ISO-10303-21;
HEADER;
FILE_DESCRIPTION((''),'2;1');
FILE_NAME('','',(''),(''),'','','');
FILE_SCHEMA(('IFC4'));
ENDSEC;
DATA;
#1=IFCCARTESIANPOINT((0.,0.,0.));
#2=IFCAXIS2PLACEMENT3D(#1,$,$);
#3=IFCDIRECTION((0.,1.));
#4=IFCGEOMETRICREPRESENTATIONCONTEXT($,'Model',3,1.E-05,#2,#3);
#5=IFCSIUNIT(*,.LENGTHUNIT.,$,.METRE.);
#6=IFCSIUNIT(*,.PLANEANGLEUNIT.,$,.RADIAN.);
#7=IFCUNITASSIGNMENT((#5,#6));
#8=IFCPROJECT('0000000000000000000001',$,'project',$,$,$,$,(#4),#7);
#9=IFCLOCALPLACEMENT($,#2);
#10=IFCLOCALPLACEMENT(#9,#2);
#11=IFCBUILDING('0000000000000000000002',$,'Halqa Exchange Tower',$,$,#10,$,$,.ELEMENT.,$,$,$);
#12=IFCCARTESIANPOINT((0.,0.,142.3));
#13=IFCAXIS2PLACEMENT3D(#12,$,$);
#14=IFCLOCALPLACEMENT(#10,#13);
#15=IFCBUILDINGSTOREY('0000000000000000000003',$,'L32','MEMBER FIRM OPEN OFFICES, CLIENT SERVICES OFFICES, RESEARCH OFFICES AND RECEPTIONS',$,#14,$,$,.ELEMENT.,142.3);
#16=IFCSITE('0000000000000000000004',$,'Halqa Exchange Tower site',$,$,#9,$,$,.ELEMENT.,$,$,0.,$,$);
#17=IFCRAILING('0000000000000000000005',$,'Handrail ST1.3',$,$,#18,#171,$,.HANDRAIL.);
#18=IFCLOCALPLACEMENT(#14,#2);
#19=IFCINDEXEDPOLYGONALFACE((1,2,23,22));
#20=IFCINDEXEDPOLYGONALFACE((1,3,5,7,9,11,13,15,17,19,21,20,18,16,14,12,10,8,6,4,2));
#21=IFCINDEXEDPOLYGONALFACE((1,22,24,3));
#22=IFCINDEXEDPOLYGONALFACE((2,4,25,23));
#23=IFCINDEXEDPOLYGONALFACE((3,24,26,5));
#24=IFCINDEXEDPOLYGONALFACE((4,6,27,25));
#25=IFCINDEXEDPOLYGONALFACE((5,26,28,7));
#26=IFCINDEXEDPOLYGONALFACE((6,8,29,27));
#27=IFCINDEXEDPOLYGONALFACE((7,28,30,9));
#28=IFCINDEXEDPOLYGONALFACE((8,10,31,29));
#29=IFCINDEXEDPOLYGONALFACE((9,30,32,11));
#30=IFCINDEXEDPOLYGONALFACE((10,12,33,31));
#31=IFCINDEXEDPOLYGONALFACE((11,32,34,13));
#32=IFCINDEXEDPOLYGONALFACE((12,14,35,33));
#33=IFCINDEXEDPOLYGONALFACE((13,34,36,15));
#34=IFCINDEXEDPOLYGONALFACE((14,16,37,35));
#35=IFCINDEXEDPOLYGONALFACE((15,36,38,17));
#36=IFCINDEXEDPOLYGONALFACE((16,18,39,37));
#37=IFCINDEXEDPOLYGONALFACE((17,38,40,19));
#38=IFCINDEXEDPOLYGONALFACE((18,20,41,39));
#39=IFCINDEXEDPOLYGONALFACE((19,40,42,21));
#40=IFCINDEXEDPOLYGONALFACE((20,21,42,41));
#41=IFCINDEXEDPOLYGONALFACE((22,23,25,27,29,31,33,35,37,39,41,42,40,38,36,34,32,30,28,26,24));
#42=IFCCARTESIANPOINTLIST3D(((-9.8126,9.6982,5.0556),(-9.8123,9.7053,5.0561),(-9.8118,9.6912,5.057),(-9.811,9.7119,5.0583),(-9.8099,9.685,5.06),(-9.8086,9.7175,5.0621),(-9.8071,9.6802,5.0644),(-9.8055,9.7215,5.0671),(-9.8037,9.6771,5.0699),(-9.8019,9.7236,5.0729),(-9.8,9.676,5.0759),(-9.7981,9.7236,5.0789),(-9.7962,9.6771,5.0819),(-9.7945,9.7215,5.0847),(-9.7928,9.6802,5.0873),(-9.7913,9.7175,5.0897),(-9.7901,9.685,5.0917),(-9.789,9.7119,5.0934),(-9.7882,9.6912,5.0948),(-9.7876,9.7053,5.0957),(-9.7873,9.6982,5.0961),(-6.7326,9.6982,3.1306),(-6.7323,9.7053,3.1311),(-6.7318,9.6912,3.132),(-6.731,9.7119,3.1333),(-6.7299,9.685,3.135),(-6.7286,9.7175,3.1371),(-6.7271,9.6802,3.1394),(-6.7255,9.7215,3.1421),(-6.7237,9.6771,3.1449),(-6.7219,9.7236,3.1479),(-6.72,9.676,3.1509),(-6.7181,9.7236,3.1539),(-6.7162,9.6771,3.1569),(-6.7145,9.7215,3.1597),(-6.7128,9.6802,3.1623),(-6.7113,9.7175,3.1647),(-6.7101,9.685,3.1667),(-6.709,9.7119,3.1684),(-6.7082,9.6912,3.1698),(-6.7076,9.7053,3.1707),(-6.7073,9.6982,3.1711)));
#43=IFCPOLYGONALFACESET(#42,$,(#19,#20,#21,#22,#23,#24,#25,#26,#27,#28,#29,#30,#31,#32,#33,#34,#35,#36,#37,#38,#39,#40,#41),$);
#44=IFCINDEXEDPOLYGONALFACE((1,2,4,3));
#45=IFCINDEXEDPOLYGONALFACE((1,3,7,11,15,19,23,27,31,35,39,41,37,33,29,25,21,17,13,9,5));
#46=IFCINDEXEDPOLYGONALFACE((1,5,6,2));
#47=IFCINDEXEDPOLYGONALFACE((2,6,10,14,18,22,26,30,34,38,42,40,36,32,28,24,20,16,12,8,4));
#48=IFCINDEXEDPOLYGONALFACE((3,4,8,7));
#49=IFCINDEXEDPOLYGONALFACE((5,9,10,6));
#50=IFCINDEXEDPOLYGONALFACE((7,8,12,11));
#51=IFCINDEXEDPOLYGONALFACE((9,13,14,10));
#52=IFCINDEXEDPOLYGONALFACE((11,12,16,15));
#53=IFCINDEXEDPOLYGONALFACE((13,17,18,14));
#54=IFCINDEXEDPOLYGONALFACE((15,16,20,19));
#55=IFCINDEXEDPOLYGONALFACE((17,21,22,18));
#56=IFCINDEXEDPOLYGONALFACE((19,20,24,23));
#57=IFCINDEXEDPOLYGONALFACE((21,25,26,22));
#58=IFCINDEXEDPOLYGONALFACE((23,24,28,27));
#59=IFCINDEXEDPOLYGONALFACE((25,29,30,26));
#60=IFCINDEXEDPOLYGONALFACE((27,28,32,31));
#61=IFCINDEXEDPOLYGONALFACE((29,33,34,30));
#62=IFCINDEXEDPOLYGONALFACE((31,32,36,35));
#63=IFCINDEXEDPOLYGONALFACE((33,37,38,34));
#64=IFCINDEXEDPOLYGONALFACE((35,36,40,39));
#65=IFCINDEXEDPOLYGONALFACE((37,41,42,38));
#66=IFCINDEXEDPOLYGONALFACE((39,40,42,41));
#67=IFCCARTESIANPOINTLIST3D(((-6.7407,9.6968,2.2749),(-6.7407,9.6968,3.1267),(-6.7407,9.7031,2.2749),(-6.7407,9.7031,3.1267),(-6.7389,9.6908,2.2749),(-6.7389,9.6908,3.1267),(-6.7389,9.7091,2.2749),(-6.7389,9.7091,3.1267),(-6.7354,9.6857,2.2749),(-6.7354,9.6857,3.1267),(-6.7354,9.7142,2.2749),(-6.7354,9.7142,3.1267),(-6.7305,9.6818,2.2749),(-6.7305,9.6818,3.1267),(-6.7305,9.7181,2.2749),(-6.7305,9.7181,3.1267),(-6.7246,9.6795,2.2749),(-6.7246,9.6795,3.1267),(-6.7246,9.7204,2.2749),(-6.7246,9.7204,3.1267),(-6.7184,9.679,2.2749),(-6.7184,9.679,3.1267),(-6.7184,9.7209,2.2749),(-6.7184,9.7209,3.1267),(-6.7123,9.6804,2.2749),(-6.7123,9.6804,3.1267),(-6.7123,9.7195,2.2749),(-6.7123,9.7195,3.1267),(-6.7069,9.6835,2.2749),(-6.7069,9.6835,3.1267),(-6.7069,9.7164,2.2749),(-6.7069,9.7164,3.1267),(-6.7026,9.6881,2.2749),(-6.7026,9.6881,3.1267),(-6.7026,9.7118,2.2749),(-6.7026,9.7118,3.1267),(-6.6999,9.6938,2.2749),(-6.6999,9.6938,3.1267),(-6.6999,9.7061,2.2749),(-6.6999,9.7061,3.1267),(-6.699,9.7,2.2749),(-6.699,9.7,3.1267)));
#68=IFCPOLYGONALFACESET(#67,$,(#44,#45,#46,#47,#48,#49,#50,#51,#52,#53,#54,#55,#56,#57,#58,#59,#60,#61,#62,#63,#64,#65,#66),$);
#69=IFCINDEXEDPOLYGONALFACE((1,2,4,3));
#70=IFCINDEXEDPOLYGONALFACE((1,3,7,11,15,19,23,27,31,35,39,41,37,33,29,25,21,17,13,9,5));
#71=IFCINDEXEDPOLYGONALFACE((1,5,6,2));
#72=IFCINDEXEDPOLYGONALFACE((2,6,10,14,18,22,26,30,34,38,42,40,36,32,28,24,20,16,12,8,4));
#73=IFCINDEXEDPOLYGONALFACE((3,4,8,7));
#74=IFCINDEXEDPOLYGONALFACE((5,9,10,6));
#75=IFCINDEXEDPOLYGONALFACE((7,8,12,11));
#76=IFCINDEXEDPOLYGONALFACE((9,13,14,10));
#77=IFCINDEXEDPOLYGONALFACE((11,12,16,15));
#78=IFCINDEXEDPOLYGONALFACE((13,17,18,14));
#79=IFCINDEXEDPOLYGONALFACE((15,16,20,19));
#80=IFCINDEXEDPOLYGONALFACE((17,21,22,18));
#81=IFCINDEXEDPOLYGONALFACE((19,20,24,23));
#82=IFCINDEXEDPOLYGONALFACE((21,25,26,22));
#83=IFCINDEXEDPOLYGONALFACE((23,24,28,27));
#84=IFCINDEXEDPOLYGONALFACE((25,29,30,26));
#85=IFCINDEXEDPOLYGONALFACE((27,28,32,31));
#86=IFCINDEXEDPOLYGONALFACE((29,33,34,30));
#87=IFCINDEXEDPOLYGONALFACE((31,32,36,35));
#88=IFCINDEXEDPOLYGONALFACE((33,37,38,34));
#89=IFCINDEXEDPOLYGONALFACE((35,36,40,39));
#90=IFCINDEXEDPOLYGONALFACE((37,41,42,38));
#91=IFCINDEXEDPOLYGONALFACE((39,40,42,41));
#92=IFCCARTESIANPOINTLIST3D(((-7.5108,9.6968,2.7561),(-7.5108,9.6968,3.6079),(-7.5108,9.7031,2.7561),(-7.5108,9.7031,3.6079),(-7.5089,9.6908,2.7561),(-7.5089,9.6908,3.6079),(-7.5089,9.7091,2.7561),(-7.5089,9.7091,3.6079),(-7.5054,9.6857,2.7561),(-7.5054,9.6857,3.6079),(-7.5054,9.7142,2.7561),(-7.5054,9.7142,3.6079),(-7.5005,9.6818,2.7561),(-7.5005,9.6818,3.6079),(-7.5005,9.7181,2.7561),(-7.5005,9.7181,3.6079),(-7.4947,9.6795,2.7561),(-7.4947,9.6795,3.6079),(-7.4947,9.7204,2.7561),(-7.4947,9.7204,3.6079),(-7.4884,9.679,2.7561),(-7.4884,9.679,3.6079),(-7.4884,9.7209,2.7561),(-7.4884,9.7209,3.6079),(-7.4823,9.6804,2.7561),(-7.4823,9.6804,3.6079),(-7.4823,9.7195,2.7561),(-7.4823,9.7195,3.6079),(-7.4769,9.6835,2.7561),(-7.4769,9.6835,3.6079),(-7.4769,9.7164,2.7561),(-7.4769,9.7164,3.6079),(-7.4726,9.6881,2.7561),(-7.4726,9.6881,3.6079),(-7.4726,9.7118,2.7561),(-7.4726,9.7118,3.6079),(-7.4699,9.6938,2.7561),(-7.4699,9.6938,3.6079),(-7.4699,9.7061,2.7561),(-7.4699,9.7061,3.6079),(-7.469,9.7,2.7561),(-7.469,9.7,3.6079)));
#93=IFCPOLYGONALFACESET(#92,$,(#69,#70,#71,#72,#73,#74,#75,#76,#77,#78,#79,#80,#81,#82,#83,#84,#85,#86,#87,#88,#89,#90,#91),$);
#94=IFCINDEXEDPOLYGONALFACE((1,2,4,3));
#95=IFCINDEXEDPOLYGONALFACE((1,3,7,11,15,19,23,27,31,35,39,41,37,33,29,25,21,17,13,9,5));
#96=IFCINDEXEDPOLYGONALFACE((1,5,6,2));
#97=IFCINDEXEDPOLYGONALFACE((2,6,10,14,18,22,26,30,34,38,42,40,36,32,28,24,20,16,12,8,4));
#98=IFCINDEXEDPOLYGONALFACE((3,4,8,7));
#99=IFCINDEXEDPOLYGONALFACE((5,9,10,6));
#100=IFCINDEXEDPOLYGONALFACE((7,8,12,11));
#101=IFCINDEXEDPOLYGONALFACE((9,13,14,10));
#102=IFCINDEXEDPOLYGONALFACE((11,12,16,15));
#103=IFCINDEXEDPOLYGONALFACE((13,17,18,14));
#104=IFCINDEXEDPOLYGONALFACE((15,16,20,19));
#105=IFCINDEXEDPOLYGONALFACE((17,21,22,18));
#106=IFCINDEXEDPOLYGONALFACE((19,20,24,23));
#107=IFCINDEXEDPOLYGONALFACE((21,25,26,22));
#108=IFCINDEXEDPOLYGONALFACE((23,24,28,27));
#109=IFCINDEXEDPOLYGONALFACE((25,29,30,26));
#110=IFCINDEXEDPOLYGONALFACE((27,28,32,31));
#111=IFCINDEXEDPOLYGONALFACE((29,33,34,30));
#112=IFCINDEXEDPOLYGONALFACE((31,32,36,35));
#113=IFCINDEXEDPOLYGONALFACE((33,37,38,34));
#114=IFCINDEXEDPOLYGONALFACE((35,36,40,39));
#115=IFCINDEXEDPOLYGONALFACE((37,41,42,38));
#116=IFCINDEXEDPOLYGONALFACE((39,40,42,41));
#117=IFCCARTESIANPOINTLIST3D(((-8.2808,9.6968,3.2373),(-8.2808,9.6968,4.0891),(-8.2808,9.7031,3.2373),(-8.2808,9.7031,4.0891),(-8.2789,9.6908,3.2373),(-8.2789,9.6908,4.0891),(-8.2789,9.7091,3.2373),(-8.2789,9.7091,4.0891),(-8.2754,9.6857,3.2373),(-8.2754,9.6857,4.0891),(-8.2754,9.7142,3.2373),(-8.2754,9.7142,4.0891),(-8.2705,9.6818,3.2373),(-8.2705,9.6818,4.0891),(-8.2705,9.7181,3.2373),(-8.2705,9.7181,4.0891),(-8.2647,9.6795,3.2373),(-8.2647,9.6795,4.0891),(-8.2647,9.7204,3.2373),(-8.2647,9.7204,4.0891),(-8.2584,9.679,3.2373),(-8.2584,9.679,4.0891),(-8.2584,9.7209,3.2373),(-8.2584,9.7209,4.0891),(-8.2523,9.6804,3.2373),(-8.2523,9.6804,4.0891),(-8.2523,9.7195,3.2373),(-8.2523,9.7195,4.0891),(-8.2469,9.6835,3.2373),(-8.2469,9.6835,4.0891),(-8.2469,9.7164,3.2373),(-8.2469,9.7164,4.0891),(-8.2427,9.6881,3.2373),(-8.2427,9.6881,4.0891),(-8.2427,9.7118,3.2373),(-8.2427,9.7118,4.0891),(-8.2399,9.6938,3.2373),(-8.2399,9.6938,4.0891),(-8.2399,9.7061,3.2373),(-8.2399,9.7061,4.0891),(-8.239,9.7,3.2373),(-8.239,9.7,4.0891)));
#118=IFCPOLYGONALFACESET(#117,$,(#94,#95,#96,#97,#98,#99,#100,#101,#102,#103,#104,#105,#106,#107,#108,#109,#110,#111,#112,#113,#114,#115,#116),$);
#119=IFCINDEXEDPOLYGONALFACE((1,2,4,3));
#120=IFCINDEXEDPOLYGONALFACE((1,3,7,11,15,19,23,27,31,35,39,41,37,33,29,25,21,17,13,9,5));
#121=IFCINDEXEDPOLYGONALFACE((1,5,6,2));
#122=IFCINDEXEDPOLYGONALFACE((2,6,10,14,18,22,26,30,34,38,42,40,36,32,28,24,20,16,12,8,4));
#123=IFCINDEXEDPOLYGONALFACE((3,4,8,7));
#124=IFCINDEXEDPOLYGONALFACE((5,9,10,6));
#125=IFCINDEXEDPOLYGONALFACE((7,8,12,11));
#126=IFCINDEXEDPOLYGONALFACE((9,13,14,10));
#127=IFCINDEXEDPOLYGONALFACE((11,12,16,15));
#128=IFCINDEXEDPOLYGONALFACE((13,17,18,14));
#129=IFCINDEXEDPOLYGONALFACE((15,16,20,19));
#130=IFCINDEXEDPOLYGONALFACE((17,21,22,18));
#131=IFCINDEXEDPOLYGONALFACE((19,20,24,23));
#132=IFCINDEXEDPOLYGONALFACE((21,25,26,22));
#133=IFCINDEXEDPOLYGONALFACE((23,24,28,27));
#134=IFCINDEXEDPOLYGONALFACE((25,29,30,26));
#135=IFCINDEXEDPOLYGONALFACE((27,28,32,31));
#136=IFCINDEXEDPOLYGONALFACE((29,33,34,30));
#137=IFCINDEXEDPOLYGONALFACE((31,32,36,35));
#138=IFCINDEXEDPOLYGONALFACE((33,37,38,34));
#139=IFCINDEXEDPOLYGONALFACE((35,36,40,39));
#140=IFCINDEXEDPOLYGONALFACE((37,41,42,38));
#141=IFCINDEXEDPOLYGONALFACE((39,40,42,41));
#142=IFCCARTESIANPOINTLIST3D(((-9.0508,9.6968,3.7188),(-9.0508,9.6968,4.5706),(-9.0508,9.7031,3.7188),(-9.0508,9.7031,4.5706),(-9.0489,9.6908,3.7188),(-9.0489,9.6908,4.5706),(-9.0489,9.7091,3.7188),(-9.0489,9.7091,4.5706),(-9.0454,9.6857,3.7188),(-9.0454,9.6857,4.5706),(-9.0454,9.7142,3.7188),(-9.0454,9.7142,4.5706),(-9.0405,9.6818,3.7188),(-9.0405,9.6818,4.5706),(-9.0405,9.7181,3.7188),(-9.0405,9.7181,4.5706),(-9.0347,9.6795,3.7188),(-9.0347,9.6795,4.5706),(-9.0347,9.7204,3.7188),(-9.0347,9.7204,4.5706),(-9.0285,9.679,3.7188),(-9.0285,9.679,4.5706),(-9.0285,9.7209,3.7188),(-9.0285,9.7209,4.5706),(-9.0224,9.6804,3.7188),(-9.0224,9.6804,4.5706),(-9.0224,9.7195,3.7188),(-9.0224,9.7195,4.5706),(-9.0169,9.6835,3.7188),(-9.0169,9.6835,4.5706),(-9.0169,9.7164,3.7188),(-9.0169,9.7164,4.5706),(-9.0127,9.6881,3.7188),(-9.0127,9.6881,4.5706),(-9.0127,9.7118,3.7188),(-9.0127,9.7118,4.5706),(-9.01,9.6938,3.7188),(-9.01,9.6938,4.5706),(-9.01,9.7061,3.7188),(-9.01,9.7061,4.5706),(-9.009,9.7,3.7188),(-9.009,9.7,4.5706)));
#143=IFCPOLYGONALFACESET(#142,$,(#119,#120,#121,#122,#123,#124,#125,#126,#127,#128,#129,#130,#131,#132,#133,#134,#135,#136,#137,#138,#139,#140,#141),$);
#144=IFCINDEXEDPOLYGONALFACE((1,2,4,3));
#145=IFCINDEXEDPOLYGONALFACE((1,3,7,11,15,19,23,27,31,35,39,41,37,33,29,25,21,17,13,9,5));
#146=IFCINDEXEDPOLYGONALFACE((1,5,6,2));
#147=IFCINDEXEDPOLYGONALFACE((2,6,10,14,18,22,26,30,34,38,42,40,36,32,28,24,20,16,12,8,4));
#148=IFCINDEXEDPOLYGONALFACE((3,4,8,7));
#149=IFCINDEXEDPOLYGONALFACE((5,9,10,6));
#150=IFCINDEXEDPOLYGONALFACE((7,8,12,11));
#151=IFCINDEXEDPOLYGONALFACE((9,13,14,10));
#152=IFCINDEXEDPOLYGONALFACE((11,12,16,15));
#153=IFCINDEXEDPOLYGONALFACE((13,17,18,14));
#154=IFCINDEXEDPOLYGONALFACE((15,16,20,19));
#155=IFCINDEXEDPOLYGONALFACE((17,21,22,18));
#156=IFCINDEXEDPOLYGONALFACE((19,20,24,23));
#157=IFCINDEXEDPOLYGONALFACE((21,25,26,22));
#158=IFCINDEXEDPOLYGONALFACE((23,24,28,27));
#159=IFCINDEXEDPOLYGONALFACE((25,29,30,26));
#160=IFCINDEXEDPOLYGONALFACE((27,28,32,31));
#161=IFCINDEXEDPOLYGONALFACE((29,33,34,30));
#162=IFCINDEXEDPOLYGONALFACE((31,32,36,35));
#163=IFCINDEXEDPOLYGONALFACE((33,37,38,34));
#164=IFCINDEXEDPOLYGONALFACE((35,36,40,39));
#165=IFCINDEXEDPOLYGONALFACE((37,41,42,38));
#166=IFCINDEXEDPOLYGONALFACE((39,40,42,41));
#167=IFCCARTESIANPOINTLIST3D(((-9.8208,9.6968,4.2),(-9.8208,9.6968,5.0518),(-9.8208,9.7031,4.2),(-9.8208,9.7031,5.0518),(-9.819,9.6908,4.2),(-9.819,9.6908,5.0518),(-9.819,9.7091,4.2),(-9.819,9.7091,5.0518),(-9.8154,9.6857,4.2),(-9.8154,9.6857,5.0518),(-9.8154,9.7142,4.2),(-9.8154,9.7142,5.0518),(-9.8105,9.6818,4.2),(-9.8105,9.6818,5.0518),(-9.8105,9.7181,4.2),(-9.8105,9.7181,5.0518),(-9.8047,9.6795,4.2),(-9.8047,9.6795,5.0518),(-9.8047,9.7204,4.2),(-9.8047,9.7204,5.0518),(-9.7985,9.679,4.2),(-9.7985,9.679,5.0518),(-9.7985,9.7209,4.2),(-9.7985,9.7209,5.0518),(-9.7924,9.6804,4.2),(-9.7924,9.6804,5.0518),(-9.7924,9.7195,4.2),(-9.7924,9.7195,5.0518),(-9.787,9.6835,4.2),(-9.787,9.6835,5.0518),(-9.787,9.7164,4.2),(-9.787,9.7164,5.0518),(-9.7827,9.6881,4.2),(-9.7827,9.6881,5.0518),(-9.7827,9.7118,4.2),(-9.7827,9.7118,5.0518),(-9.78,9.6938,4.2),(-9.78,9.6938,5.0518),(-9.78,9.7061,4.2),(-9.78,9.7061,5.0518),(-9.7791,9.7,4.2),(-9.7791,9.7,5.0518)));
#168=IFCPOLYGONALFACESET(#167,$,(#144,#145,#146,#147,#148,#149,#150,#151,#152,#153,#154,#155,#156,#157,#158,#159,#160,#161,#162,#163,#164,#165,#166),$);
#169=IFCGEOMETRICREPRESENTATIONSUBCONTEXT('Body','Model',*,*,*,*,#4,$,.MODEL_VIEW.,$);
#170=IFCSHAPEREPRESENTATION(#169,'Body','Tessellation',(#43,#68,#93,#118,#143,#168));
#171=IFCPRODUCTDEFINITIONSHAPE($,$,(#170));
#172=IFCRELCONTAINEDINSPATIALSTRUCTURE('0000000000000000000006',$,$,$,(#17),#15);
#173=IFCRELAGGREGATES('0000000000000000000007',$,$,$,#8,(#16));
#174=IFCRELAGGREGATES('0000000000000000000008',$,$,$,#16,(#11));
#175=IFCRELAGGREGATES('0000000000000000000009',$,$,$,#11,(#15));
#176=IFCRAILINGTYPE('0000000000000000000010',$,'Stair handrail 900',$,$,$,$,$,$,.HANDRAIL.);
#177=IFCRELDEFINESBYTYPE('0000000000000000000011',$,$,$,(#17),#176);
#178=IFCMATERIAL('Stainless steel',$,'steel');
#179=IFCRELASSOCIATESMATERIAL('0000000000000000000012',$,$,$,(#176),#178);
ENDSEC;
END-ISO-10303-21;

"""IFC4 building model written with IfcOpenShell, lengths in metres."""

from ifc_helpers import new_model, si_unit, direction, frame, origin, origin_2d, place, context, subcontext, project, spatial, circle, extrude, material, type_object, element, save


model = new_model("IFC4")

# Units and contexts
model_context = context("Model", 3, precision=1e-05, world=origin(), true_north=direction((0.0, 1.0)))
body_context = subcontext(model_context, "Body", "Model", "MODEL_VIEW")
ifc_project = project(units=[si_unit("LENGTHUNIT", "METRE"), si_unit("PLANEANGLEUNIT", "RADIAN")], contexts=[model_context])

# Site, building, storey
site_placement = place(None, origin())
site = spatial("IfcSite", under=ifc_project, at=site_placement, Name="Halqa Exchange Tower site", CompositionType="ELEMENT", RefElevation=0.0)
building_placement = place(site_placement, origin())
building = spatial("IfcBuilding", under=site, at=building_placement, Name="Halqa Exchange Tower", CompositionType="ELEMENT")
storey_placement = place(building_placement, frame((0.0, 0.0, 142.3)))
storey = spatial("IfcBuildingStorey", under=building, at=storey_placement, Name="L32", Description="MEMBER FIRM OPEN OFFICES, CLIENT SERVICES OFFICES, RESEARCH OFFICES AND RECEPTIONS", CompositionType="ELEMENT", Elevation=142.3)

# Railing
ifc_material_1 = material(Name="Stainless steel", Category="steel")
railing_type_1 = type_object("IfcRailingType", Name="Stair handrail 900", PredefinedType="HANDRAIL", material=ifc_material_1)
railing_1_placement = place(storey_placement, frame((-6.72, 9.7, 2.2749)))
element("IfcRailing", 1, at=railing_1_placement, inside=storey, type_object=railing_type_1, Name="Handrail ST1.3", PredefinedType="HANDRAIL", context=body_context, shape_type="SweptSolid", body=[
    extrude(circle(Radius=0.0239, at=origin_2d()), frame((0.0, 0.0, 0.876), z_axis=(-0.847998, 0.0, 0.529999), x_axis=(0.0, -1.0, 0.0)), (0.0, 0.0, 1.0), 3.6321),
    extrude(circle(Radius=0.021, at=origin_2d()), origin(), (0.0, 0.0, 1.0), 0.8518),
    extrude(circle(Radius=0.021, at=origin_2d()), frame((-0.77, 0.0, 0.4812)), (0.0, 0.0, 1.0), 0.8518),
    extrude(circle(Radius=0.021, at=origin_2d()), frame((-1.54, 0.0, 0.9624)), (0.0, 0.0, 1.0), 0.8518),
    extrude(circle(Radius=0.021, at=origin_2d()), frame((-2.3101, 0.0, 1.4438)), (0.0, 0.0, 1.0), 0.8518),
    extrude(circle(Radius=0.021, at=origin_2d()), frame((-3.0801, 0.0, 1.925)), (0.0, 0.0, 1.0), 0.8518),
])

save(model, "model.ifc")
